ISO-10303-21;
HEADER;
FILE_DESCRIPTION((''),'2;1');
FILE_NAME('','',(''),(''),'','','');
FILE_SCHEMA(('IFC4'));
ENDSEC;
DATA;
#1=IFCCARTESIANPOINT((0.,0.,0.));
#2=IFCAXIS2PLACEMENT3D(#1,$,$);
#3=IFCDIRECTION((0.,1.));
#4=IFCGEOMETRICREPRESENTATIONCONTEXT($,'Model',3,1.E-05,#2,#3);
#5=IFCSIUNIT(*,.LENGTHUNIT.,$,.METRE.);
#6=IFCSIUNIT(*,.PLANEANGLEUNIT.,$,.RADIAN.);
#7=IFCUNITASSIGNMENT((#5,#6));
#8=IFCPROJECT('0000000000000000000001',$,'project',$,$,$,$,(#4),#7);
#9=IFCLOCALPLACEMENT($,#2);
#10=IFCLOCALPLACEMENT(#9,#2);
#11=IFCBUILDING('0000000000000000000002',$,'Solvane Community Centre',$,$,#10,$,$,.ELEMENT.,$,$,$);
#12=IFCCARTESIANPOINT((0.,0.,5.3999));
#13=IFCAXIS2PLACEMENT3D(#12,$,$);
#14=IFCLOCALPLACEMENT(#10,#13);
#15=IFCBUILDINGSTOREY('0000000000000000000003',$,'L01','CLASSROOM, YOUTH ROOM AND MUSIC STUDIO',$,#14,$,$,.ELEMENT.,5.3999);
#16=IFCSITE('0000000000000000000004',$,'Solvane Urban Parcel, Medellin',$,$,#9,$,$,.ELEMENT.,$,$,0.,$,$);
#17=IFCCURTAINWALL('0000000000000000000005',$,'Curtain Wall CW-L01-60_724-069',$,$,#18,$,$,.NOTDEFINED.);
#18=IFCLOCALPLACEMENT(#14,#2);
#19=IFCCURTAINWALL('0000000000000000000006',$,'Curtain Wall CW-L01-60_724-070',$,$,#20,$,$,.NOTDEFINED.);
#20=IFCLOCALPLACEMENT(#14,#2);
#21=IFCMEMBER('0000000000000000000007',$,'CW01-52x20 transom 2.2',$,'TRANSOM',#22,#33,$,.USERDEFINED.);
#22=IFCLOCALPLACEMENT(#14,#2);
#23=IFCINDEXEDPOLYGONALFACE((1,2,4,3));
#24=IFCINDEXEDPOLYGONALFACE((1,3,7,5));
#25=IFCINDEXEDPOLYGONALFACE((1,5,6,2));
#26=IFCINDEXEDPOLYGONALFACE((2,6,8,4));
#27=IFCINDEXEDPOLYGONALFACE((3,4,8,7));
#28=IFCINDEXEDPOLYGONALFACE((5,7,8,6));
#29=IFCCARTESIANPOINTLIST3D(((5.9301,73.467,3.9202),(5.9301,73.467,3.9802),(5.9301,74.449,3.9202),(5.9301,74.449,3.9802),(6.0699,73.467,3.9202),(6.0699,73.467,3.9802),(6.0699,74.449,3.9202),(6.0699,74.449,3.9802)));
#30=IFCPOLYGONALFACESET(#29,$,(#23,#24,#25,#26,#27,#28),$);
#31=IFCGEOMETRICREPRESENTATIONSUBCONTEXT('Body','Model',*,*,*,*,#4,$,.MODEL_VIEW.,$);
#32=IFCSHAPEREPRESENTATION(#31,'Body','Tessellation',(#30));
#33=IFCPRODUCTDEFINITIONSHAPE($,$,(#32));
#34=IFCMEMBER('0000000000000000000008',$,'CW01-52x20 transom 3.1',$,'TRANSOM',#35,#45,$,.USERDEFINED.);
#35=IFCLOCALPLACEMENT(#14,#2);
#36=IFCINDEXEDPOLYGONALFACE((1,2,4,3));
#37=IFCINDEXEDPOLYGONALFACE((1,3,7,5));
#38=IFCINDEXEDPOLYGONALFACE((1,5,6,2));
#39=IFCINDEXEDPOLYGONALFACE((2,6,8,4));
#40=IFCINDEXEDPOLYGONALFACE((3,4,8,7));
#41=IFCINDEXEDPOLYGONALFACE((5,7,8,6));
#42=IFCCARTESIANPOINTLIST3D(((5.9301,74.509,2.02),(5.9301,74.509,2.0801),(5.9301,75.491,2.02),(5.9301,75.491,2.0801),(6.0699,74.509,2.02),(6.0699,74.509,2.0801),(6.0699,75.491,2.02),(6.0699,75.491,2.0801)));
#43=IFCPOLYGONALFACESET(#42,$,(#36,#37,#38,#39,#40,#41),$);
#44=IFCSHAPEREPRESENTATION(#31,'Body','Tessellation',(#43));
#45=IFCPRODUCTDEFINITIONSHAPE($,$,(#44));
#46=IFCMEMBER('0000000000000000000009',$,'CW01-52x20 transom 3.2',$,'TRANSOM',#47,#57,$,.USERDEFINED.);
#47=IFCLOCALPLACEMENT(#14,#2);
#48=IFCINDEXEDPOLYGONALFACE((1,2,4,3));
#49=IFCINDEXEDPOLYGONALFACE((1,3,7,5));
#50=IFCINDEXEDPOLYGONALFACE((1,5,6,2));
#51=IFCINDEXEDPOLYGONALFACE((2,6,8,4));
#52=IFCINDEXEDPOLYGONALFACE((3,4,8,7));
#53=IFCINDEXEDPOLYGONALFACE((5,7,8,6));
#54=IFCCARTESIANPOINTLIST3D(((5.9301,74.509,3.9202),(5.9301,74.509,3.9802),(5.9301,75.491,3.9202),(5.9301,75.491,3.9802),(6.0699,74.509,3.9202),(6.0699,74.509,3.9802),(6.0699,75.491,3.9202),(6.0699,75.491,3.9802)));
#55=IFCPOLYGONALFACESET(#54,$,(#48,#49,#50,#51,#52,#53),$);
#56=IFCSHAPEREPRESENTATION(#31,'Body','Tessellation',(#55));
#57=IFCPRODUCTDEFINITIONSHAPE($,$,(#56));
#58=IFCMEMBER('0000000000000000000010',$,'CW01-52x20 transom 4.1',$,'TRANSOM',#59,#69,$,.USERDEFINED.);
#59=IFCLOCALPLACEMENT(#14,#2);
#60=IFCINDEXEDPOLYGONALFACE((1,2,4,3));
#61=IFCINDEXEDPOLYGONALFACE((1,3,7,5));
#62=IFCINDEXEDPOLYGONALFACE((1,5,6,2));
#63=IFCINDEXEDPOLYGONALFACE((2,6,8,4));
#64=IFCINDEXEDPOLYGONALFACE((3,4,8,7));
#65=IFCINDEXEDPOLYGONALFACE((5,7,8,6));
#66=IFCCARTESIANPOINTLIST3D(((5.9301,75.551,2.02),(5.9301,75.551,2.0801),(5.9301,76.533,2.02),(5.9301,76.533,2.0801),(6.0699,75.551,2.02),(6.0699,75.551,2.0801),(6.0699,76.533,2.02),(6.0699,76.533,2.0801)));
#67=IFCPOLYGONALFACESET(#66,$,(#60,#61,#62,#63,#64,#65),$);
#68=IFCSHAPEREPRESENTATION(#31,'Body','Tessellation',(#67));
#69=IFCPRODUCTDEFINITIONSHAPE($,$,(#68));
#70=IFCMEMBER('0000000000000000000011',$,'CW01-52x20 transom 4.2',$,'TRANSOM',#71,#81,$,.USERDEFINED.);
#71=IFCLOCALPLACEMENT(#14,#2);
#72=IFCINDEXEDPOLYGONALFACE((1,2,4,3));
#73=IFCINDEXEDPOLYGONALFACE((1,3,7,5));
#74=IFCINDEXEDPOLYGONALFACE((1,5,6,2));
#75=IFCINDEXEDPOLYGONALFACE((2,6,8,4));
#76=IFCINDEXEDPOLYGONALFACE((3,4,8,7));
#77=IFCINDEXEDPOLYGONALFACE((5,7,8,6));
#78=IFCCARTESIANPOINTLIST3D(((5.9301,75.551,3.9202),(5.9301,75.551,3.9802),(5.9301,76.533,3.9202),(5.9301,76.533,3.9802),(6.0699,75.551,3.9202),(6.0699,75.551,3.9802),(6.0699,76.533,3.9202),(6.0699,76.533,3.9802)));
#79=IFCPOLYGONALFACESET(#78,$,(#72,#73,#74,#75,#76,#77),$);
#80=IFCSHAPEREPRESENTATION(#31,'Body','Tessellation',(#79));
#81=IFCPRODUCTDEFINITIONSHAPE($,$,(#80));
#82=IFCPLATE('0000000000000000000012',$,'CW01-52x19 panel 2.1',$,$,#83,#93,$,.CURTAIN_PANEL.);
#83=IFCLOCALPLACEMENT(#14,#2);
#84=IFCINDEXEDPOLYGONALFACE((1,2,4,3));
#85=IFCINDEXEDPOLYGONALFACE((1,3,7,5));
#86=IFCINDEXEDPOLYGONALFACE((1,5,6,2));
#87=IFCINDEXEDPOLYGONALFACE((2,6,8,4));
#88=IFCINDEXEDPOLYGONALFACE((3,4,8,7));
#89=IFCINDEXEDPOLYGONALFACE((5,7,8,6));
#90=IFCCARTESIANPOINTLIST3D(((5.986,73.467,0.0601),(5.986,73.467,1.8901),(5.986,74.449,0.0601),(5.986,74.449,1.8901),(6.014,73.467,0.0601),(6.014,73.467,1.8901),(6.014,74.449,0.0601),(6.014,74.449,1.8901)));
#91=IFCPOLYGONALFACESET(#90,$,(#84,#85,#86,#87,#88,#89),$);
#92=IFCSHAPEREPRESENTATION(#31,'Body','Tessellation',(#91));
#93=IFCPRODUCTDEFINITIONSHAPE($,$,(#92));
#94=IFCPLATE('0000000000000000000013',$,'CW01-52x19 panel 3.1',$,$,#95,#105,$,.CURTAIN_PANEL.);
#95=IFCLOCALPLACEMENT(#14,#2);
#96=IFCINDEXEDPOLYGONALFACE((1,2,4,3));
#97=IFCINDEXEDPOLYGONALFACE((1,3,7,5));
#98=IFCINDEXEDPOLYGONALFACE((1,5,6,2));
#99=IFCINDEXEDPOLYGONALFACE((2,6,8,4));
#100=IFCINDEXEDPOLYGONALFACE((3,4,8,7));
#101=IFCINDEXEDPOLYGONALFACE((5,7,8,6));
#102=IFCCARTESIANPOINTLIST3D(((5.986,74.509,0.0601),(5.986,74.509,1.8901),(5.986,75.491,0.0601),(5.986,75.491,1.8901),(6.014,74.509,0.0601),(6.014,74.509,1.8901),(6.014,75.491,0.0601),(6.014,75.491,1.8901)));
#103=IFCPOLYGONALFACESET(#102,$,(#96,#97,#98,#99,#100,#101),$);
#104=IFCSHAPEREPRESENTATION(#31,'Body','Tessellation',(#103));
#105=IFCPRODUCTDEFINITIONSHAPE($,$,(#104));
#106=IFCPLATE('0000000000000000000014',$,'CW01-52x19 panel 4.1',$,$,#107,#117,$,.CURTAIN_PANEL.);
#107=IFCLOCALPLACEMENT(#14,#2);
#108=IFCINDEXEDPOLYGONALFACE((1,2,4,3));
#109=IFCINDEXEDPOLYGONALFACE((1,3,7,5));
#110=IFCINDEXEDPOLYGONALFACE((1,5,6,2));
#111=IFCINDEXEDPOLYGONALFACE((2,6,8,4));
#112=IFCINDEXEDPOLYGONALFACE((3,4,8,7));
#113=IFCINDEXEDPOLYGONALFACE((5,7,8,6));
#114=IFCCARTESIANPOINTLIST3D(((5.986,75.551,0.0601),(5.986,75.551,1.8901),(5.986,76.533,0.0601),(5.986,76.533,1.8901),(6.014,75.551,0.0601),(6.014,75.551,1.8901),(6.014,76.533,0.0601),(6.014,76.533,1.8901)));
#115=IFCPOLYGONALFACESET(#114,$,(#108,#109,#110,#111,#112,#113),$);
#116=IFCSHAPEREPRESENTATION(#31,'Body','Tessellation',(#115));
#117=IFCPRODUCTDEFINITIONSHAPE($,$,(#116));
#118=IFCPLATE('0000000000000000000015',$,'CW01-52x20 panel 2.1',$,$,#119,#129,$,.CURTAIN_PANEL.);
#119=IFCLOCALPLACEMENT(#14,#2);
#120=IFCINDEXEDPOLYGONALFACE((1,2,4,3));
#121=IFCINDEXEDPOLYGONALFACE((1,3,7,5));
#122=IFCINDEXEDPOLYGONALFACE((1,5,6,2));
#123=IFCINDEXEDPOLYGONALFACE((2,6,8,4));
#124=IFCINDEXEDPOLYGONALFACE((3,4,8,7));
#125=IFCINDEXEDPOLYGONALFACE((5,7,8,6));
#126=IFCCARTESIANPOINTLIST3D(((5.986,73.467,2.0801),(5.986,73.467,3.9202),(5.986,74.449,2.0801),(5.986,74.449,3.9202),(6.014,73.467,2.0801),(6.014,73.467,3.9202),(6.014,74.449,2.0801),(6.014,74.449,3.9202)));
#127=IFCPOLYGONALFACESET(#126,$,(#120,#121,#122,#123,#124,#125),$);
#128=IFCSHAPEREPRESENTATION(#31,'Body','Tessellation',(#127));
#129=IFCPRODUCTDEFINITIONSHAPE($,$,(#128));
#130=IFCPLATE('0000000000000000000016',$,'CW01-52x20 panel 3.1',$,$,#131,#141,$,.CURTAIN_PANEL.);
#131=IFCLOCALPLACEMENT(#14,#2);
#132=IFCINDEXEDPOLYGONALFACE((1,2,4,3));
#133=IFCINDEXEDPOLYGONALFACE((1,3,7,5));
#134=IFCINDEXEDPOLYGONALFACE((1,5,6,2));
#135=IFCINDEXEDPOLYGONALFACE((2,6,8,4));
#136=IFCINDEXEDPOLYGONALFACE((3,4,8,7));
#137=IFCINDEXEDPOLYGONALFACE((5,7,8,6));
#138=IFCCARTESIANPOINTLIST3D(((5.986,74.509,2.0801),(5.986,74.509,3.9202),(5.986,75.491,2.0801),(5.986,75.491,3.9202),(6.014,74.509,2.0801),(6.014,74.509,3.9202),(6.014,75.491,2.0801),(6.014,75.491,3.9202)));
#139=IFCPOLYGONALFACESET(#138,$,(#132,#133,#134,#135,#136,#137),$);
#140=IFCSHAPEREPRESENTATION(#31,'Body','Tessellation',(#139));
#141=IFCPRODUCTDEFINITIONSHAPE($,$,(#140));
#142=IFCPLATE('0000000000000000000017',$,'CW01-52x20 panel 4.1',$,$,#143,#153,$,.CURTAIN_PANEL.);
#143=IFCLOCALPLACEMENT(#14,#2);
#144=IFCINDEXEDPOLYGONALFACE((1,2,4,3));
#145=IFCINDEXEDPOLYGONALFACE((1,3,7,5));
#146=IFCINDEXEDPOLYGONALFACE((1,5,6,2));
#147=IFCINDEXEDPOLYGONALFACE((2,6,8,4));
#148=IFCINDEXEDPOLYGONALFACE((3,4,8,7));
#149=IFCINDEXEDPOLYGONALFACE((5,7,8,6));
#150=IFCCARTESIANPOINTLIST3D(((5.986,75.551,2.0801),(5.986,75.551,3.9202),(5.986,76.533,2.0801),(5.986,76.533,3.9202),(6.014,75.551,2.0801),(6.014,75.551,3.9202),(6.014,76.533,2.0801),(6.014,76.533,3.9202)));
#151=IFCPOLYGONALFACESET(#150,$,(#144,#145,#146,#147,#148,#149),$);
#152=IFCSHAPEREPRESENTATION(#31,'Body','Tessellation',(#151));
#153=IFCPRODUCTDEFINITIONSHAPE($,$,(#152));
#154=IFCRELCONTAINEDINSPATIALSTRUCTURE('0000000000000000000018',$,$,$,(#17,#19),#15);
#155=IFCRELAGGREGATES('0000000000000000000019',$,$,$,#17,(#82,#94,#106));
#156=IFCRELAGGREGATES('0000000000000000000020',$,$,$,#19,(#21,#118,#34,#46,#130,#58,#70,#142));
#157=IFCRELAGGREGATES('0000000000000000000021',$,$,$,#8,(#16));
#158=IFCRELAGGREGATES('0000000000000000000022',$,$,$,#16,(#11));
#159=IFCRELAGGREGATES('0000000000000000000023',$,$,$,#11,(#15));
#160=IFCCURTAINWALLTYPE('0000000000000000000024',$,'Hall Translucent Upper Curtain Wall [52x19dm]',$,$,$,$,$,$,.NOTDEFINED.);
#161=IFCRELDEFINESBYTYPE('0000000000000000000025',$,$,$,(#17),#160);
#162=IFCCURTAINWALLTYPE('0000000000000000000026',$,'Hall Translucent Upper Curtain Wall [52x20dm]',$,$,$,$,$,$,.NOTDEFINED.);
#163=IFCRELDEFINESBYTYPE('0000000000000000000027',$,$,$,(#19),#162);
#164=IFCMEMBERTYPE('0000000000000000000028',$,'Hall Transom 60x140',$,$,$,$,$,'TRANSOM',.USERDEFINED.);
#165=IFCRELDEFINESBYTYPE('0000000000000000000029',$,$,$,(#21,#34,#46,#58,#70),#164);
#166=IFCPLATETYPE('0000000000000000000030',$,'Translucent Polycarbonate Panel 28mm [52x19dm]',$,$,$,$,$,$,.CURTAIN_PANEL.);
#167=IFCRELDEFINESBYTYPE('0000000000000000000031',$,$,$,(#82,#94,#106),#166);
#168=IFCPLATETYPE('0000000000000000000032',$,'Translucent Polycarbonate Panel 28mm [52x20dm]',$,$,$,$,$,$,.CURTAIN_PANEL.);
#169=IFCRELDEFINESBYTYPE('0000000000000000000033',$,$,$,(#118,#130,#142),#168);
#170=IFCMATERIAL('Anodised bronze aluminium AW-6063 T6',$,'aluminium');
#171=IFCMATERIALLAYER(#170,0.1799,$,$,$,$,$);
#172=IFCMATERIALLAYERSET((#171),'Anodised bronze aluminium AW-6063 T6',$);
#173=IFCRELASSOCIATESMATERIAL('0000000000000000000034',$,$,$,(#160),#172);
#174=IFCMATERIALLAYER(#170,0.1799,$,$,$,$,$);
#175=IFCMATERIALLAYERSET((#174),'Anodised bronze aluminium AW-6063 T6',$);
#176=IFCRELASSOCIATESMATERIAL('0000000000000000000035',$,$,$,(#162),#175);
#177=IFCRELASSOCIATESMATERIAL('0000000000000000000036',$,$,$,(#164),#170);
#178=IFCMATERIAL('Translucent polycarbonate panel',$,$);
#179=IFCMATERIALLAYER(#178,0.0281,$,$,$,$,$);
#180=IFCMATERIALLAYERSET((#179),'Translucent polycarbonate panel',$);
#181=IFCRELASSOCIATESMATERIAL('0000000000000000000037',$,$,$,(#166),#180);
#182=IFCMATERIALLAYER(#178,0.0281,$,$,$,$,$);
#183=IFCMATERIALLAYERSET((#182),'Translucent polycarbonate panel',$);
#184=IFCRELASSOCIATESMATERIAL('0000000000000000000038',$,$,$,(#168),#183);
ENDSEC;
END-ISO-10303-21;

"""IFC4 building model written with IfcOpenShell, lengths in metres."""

from ifc_helpers import new_model, si_unit, direction, frame, origin, origin_2d, place, context, subcontext, project, spatial, rectangle, extrude, material, layer, layer_set, material_profile, profile_set, type_object, element, aggregate, save


model = new_model("IFC4")

# Units and contexts
model_context = context("Model", 3, precision=1e-05, world=origin(), true_north=direction((0.0, 1.0)))
body_context = subcontext(model_context, "Body", "Model", "MODEL_VIEW")
ifc_project = project(units=[si_unit("LENGTHUNIT", "METRE"), si_unit("PLANEANGLEUNIT", "RADIAN")], contexts=[model_context])

# Site, building, storey
site_placement = place(None, origin())
site = spatial("IfcSite", under=ifc_project, at=site_placement, Name="Solvane Urban Parcel, Medellin", CompositionType="ELEMENT", RefElevation=0.0)
building_placement = place(site_placement, origin())
building = spatial("IfcBuilding", under=site, at=building_placement, Name="Solvane Community Centre", CompositionType="ELEMENT")
storey_placement = place(building_placement, frame((0.0, 0.0, 5.3999)))
storey = spatial("IfcBuildingStorey", under=building, at=storey_placement, Name="L01", Description="CLASSROOM, YOUTH ROOM AND MUSIC STUDIO", CompositionType="ELEMENT", Elevation=5.3999)

# Curtain walls
ifc_material_1 = material(Name="Anodised bronze aluminium AW-6063 T6", Category="aluminium")
ifc_layer_1 = layer(ifc_material_1, 0.1799)
ifc_layer_set_1 = layer_set([ifc_layer_1], Name="Anodised bronze aluminium AW-6063 T6")
curtain_wall_type_1 = type_object("IfcCurtainWallType", Name="Hall Translucent Upper Curtain Wall [52x19dm]", PredefinedType="NOTDEFINED", material=ifc_layer_set_1)
curtain_wall_1_placement = place(storey_placement, origin())
curtain_wall_1 = element("IfcCurtainWall", 1, at=curtain_wall_1_placement, inside=storey, type_object=curtain_wall_type_1, Name="Curtain Wall CW-L01-60_724-069", PredefinedType="NOTDEFINED")
ifc_layer_2 = layer(ifc_material_1, 0.1799)
ifc_layer_set_2 = layer_set([ifc_layer_2], Name="Anodised bronze aluminium AW-6063 T6")
curtain_wall_type_2 = type_object("IfcCurtainWallType", Name="Hall Translucent Upper Curtain Wall [52x20dm]", PredefinedType="NOTDEFINED", material=ifc_layer_set_2)
curtain_wall_2_placement = place(storey_placement, origin())
curtain_wall_2 = element("IfcCurtainWall", 2, at=curtain_wall_2_placement, inside=storey, type_object=curtain_wall_type_2, Name="Curtain Wall CW-L01-60_724-070", PredefinedType="NOTDEFINED")

# Members
ifc_material_profile_1 = material_profile(ifc_material_1, rectangle(XDim=0.1399, YDim=0.0601, at=origin_2d()), Name="CW-T 60x140")
ifc_profile_set_1 = profile_set([ifc_material_profile_1], Name="Anodised bronze aluminium AW-6063 T6")
member_type_1 = type_object("IfcMemberType", Name="Hall Transom 60x140", ElementType="TRANSOM", PredefinedType="USERDEFINED", material=ifc_profile_set_1)
member_1_placement = place(storey_placement, frame((6.0, 73.467, 3.9502), z_axis=(0.0, 1.0, 0.0), x_axis=(-1.0, 0.0, 0.0)))
member_1 = element("IfcMember", 3, at=member_1_placement, type_object=member_type_1, Name="CW01-52x20 transom 2.2", ObjectType="TRANSOM", PredefinedType="USERDEFINED", context=body_context, shape_type="SweptSolid", body=[
    extrude(rectangle(XDim=0.1399, YDim=0.0601, at=origin_2d()), origin(), (0.0, 0.0, 1.0), 0.9819),
])
member_2_placement = place(storey_placement, frame((6.0, 74.509, 2.05), z_axis=(0.0, 1.0, 0.0), x_axis=(-1.0, 0.0, 0.0)))
member_2 = element("IfcMember", 4, at=member_2_placement, type_object=member_type_1, Name="CW01-52x20 transom 3.1", ObjectType="TRANSOM", PredefinedType="USERDEFINED", context=body_context, shape_type="SweptSolid", body=[
    extrude(rectangle(XDim=0.1399, YDim=0.0601, at=origin_2d()), origin(), (0.0, 0.0, 1.0), 0.9819),
])
member_3_placement = place(storey_placement, frame((6.0, 74.509, 3.9502), z_axis=(0.0, 1.0, 0.0), x_axis=(-1.0, 0.0, 0.0)))
member_3 = element("IfcMember", 5, at=member_3_placement, type_object=member_type_1, Name="CW01-52x20 transom 3.2", ObjectType="TRANSOM", PredefinedType="USERDEFINED", context=body_context, shape_type="SweptSolid", body=[
    extrude(rectangle(XDim=0.1399, YDim=0.0601, at=origin_2d()), origin(), (0.0, 0.0, 1.0), 0.9819),
])
member_4_placement = place(storey_placement, frame((6.0, 75.551, 2.05), z_axis=(0.0, 1.0, 0.0), x_axis=(-1.0, 0.0, 0.0)))
member_4 = element("IfcMember", 6, at=member_4_placement, type_object=member_type_1, Name="CW01-52x20 transom 4.1", ObjectType="TRANSOM", PredefinedType="USERDEFINED", context=body_context, shape_type="SweptSolid", body=[
    extrude(rectangle(XDim=0.1399, YDim=0.0601, at=origin_2d()), origin(), (0.0, 0.0, 1.0), 0.9819),
])
member_5_placement = place(storey_placement, frame((6.0, 75.551, 3.9502), z_axis=(0.0, 1.0, 0.0), x_axis=(-1.0, 0.0, 0.0)))
member_5 = element("IfcMember", 7, at=member_5_placement, type_object=member_type_1, Name="CW01-52x20 transom 4.2", ObjectType="TRANSOM", PredefinedType="USERDEFINED", context=body_context, shape_type="SweptSolid", body=[
    extrude(rectangle(XDim=0.1399, YDim=0.0601, at=origin_2d()), origin(), (0.0, 0.0, 1.0), 0.9819),
])

# Plates
ifc_material_2 = material(Name="Translucent polycarbonate panel")
ifc_layer_3 = layer(ifc_material_2, 0.0281)
ifc_layer_set_3 = layer_set([ifc_layer_3], Name="Translucent polycarbonate panel")
plate_type_1 = type_object("IfcPlateType", Name="Translucent Polycarbonate Panel 28mm [52x19dm]", PredefinedType="CURTAIN_PANEL", material=ifc_layer_set_3)
plate_1_placement = place(storey_placement, frame((6.0, 73.958, 0.0601), z_axis=(0.0, 0.0, 1.0), x_axis=(0.0, 1.0, 0.0)))
plate_1 = element("IfcPlate", 8, at=plate_1_placement, type_object=plate_type_1, Name="CW01-52x19 panel 2.1", PredefinedType="CURTAIN_PANEL", context=body_context, shape_type="SweptSolid", body=[
    extrude(rectangle(XDim=0.9819, YDim=0.0281, at=origin_2d()), origin(), (0.0, 0.0, 1.0), 1.8301),
])
plate_2_placement = place(storey_placement, frame((6.0, 75.0, 0.0601), z_axis=(0.0, 0.0, 1.0), x_axis=(0.0, 1.0, 0.0)))
plate_2 = element("IfcPlate", 9, at=plate_2_placement, type_object=plate_type_1, Name="CW01-52x19 panel 3.1", PredefinedType="CURTAIN_PANEL", context=body_context, shape_type="SweptSolid", body=[
    extrude(rectangle(XDim=0.9819, YDim=0.0281, at=origin_2d()), origin(), (0.0, 0.0, 1.0), 1.8301),
])
plate_3_placement = place(storey_placement, frame((6.0, 76.042, 0.0601), z_axis=(0.0, 0.0, 1.0), x_axis=(0.0, 1.0, 0.0)))
plate_3 = element("IfcPlate", 10, at=plate_3_placement, type_object=plate_type_1, Name="CW01-52x19 panel 4.1", PredefinedType="CURTAIN_PANEL", context=body_context, shape_type="SweptSolid", body=[
    extrude(rectangle(XDim=0.9819, YDim=0.0281, at=origin_2d()), origin(), (0.0, 0.0, 1.0), 1.8301),
])
aggregate(curtain_wall_1, [plate_1, plate_2, plate_3])
ifc_layer_4 = layer(ifc_material_2, 0.0281)
ifc_layer_set_4 = layer_set([ifc_layer_4], Name="Translucent polycarbonate panel")
plate_type_2 = type_object("IfcPlateType", Name="Translucent Polycarbonate Panel 28mm [52x20dm]", PredefinedType="CURTAIN_PANEL", material=ifc_layer_set_4)
plate_4_placement = place(storey_placement, frame((6.0, 73.958, 2.0801), z_axis=(0.0, 0.0, 1.0), x_axis=(0.0, 1.0, 0.0)))
plate_4 = element("IfcPlate", 11, at=plate_4_placement, type_object=plate_type_2, Name="CW01-52x20 panel 2.1", PredefinedType="CURTAIN_PANEL", context=body_context, shape_type="SweptSolid", body=[
    extrude(rectangle(XDim=0.9819, YDim=0.0281, at=origin_2d()), origin(), (0.0, 0.0, 1.0), 1.8401),
])
plate_5_placement = place(storey_placement, frame((6.0, 75.0, 2.0801), z_axis=(0.0, 0.0, 1.0), x_axis=(0.0, 1.0, 0.0)))
plate_5 = element("IfcPlate", 12, at=plate_5_placement, type_object=plate_type_2, Name="CW01-52x20 panel 3.1", PredefinedType="CURTAIN_PANEL", context=body_context, shape_type="SweptSolid", body=[
    extrude(rectangle(XDim=0.9819, YDim=0.0281, at=origin_2d()), origin(), (0.0, 0.0, 1.0), 1.8401),
])
plate_6_placement = place(storey_placement, frame((6.0, 76.042, 2.0801), z_axis=(0.0, 0.0, 1.0), x_axis=(0.0, 1.0, 0.0)))
plate_6 = element("IfcPlate", 13, at=plate_6_placement, type_object=plate_type_2, Name="CW01-52x20 panel 4.1", PredefinedType="CURTAIN_PANEL", context=body_context, shape_type="SweptSolid", body=[
    extrude(rectangle(XDim=0.9819, YDim=0.0281, at=origin_2d()), origin(), (0.0, 0.0, 1.0), 1.8401),
])
aggregate(curtain_wall_2, [member_1, plate_4, member_2, member_3, plate_5, member_4, member_5, plate_6])

save(model, "model.ifc")
